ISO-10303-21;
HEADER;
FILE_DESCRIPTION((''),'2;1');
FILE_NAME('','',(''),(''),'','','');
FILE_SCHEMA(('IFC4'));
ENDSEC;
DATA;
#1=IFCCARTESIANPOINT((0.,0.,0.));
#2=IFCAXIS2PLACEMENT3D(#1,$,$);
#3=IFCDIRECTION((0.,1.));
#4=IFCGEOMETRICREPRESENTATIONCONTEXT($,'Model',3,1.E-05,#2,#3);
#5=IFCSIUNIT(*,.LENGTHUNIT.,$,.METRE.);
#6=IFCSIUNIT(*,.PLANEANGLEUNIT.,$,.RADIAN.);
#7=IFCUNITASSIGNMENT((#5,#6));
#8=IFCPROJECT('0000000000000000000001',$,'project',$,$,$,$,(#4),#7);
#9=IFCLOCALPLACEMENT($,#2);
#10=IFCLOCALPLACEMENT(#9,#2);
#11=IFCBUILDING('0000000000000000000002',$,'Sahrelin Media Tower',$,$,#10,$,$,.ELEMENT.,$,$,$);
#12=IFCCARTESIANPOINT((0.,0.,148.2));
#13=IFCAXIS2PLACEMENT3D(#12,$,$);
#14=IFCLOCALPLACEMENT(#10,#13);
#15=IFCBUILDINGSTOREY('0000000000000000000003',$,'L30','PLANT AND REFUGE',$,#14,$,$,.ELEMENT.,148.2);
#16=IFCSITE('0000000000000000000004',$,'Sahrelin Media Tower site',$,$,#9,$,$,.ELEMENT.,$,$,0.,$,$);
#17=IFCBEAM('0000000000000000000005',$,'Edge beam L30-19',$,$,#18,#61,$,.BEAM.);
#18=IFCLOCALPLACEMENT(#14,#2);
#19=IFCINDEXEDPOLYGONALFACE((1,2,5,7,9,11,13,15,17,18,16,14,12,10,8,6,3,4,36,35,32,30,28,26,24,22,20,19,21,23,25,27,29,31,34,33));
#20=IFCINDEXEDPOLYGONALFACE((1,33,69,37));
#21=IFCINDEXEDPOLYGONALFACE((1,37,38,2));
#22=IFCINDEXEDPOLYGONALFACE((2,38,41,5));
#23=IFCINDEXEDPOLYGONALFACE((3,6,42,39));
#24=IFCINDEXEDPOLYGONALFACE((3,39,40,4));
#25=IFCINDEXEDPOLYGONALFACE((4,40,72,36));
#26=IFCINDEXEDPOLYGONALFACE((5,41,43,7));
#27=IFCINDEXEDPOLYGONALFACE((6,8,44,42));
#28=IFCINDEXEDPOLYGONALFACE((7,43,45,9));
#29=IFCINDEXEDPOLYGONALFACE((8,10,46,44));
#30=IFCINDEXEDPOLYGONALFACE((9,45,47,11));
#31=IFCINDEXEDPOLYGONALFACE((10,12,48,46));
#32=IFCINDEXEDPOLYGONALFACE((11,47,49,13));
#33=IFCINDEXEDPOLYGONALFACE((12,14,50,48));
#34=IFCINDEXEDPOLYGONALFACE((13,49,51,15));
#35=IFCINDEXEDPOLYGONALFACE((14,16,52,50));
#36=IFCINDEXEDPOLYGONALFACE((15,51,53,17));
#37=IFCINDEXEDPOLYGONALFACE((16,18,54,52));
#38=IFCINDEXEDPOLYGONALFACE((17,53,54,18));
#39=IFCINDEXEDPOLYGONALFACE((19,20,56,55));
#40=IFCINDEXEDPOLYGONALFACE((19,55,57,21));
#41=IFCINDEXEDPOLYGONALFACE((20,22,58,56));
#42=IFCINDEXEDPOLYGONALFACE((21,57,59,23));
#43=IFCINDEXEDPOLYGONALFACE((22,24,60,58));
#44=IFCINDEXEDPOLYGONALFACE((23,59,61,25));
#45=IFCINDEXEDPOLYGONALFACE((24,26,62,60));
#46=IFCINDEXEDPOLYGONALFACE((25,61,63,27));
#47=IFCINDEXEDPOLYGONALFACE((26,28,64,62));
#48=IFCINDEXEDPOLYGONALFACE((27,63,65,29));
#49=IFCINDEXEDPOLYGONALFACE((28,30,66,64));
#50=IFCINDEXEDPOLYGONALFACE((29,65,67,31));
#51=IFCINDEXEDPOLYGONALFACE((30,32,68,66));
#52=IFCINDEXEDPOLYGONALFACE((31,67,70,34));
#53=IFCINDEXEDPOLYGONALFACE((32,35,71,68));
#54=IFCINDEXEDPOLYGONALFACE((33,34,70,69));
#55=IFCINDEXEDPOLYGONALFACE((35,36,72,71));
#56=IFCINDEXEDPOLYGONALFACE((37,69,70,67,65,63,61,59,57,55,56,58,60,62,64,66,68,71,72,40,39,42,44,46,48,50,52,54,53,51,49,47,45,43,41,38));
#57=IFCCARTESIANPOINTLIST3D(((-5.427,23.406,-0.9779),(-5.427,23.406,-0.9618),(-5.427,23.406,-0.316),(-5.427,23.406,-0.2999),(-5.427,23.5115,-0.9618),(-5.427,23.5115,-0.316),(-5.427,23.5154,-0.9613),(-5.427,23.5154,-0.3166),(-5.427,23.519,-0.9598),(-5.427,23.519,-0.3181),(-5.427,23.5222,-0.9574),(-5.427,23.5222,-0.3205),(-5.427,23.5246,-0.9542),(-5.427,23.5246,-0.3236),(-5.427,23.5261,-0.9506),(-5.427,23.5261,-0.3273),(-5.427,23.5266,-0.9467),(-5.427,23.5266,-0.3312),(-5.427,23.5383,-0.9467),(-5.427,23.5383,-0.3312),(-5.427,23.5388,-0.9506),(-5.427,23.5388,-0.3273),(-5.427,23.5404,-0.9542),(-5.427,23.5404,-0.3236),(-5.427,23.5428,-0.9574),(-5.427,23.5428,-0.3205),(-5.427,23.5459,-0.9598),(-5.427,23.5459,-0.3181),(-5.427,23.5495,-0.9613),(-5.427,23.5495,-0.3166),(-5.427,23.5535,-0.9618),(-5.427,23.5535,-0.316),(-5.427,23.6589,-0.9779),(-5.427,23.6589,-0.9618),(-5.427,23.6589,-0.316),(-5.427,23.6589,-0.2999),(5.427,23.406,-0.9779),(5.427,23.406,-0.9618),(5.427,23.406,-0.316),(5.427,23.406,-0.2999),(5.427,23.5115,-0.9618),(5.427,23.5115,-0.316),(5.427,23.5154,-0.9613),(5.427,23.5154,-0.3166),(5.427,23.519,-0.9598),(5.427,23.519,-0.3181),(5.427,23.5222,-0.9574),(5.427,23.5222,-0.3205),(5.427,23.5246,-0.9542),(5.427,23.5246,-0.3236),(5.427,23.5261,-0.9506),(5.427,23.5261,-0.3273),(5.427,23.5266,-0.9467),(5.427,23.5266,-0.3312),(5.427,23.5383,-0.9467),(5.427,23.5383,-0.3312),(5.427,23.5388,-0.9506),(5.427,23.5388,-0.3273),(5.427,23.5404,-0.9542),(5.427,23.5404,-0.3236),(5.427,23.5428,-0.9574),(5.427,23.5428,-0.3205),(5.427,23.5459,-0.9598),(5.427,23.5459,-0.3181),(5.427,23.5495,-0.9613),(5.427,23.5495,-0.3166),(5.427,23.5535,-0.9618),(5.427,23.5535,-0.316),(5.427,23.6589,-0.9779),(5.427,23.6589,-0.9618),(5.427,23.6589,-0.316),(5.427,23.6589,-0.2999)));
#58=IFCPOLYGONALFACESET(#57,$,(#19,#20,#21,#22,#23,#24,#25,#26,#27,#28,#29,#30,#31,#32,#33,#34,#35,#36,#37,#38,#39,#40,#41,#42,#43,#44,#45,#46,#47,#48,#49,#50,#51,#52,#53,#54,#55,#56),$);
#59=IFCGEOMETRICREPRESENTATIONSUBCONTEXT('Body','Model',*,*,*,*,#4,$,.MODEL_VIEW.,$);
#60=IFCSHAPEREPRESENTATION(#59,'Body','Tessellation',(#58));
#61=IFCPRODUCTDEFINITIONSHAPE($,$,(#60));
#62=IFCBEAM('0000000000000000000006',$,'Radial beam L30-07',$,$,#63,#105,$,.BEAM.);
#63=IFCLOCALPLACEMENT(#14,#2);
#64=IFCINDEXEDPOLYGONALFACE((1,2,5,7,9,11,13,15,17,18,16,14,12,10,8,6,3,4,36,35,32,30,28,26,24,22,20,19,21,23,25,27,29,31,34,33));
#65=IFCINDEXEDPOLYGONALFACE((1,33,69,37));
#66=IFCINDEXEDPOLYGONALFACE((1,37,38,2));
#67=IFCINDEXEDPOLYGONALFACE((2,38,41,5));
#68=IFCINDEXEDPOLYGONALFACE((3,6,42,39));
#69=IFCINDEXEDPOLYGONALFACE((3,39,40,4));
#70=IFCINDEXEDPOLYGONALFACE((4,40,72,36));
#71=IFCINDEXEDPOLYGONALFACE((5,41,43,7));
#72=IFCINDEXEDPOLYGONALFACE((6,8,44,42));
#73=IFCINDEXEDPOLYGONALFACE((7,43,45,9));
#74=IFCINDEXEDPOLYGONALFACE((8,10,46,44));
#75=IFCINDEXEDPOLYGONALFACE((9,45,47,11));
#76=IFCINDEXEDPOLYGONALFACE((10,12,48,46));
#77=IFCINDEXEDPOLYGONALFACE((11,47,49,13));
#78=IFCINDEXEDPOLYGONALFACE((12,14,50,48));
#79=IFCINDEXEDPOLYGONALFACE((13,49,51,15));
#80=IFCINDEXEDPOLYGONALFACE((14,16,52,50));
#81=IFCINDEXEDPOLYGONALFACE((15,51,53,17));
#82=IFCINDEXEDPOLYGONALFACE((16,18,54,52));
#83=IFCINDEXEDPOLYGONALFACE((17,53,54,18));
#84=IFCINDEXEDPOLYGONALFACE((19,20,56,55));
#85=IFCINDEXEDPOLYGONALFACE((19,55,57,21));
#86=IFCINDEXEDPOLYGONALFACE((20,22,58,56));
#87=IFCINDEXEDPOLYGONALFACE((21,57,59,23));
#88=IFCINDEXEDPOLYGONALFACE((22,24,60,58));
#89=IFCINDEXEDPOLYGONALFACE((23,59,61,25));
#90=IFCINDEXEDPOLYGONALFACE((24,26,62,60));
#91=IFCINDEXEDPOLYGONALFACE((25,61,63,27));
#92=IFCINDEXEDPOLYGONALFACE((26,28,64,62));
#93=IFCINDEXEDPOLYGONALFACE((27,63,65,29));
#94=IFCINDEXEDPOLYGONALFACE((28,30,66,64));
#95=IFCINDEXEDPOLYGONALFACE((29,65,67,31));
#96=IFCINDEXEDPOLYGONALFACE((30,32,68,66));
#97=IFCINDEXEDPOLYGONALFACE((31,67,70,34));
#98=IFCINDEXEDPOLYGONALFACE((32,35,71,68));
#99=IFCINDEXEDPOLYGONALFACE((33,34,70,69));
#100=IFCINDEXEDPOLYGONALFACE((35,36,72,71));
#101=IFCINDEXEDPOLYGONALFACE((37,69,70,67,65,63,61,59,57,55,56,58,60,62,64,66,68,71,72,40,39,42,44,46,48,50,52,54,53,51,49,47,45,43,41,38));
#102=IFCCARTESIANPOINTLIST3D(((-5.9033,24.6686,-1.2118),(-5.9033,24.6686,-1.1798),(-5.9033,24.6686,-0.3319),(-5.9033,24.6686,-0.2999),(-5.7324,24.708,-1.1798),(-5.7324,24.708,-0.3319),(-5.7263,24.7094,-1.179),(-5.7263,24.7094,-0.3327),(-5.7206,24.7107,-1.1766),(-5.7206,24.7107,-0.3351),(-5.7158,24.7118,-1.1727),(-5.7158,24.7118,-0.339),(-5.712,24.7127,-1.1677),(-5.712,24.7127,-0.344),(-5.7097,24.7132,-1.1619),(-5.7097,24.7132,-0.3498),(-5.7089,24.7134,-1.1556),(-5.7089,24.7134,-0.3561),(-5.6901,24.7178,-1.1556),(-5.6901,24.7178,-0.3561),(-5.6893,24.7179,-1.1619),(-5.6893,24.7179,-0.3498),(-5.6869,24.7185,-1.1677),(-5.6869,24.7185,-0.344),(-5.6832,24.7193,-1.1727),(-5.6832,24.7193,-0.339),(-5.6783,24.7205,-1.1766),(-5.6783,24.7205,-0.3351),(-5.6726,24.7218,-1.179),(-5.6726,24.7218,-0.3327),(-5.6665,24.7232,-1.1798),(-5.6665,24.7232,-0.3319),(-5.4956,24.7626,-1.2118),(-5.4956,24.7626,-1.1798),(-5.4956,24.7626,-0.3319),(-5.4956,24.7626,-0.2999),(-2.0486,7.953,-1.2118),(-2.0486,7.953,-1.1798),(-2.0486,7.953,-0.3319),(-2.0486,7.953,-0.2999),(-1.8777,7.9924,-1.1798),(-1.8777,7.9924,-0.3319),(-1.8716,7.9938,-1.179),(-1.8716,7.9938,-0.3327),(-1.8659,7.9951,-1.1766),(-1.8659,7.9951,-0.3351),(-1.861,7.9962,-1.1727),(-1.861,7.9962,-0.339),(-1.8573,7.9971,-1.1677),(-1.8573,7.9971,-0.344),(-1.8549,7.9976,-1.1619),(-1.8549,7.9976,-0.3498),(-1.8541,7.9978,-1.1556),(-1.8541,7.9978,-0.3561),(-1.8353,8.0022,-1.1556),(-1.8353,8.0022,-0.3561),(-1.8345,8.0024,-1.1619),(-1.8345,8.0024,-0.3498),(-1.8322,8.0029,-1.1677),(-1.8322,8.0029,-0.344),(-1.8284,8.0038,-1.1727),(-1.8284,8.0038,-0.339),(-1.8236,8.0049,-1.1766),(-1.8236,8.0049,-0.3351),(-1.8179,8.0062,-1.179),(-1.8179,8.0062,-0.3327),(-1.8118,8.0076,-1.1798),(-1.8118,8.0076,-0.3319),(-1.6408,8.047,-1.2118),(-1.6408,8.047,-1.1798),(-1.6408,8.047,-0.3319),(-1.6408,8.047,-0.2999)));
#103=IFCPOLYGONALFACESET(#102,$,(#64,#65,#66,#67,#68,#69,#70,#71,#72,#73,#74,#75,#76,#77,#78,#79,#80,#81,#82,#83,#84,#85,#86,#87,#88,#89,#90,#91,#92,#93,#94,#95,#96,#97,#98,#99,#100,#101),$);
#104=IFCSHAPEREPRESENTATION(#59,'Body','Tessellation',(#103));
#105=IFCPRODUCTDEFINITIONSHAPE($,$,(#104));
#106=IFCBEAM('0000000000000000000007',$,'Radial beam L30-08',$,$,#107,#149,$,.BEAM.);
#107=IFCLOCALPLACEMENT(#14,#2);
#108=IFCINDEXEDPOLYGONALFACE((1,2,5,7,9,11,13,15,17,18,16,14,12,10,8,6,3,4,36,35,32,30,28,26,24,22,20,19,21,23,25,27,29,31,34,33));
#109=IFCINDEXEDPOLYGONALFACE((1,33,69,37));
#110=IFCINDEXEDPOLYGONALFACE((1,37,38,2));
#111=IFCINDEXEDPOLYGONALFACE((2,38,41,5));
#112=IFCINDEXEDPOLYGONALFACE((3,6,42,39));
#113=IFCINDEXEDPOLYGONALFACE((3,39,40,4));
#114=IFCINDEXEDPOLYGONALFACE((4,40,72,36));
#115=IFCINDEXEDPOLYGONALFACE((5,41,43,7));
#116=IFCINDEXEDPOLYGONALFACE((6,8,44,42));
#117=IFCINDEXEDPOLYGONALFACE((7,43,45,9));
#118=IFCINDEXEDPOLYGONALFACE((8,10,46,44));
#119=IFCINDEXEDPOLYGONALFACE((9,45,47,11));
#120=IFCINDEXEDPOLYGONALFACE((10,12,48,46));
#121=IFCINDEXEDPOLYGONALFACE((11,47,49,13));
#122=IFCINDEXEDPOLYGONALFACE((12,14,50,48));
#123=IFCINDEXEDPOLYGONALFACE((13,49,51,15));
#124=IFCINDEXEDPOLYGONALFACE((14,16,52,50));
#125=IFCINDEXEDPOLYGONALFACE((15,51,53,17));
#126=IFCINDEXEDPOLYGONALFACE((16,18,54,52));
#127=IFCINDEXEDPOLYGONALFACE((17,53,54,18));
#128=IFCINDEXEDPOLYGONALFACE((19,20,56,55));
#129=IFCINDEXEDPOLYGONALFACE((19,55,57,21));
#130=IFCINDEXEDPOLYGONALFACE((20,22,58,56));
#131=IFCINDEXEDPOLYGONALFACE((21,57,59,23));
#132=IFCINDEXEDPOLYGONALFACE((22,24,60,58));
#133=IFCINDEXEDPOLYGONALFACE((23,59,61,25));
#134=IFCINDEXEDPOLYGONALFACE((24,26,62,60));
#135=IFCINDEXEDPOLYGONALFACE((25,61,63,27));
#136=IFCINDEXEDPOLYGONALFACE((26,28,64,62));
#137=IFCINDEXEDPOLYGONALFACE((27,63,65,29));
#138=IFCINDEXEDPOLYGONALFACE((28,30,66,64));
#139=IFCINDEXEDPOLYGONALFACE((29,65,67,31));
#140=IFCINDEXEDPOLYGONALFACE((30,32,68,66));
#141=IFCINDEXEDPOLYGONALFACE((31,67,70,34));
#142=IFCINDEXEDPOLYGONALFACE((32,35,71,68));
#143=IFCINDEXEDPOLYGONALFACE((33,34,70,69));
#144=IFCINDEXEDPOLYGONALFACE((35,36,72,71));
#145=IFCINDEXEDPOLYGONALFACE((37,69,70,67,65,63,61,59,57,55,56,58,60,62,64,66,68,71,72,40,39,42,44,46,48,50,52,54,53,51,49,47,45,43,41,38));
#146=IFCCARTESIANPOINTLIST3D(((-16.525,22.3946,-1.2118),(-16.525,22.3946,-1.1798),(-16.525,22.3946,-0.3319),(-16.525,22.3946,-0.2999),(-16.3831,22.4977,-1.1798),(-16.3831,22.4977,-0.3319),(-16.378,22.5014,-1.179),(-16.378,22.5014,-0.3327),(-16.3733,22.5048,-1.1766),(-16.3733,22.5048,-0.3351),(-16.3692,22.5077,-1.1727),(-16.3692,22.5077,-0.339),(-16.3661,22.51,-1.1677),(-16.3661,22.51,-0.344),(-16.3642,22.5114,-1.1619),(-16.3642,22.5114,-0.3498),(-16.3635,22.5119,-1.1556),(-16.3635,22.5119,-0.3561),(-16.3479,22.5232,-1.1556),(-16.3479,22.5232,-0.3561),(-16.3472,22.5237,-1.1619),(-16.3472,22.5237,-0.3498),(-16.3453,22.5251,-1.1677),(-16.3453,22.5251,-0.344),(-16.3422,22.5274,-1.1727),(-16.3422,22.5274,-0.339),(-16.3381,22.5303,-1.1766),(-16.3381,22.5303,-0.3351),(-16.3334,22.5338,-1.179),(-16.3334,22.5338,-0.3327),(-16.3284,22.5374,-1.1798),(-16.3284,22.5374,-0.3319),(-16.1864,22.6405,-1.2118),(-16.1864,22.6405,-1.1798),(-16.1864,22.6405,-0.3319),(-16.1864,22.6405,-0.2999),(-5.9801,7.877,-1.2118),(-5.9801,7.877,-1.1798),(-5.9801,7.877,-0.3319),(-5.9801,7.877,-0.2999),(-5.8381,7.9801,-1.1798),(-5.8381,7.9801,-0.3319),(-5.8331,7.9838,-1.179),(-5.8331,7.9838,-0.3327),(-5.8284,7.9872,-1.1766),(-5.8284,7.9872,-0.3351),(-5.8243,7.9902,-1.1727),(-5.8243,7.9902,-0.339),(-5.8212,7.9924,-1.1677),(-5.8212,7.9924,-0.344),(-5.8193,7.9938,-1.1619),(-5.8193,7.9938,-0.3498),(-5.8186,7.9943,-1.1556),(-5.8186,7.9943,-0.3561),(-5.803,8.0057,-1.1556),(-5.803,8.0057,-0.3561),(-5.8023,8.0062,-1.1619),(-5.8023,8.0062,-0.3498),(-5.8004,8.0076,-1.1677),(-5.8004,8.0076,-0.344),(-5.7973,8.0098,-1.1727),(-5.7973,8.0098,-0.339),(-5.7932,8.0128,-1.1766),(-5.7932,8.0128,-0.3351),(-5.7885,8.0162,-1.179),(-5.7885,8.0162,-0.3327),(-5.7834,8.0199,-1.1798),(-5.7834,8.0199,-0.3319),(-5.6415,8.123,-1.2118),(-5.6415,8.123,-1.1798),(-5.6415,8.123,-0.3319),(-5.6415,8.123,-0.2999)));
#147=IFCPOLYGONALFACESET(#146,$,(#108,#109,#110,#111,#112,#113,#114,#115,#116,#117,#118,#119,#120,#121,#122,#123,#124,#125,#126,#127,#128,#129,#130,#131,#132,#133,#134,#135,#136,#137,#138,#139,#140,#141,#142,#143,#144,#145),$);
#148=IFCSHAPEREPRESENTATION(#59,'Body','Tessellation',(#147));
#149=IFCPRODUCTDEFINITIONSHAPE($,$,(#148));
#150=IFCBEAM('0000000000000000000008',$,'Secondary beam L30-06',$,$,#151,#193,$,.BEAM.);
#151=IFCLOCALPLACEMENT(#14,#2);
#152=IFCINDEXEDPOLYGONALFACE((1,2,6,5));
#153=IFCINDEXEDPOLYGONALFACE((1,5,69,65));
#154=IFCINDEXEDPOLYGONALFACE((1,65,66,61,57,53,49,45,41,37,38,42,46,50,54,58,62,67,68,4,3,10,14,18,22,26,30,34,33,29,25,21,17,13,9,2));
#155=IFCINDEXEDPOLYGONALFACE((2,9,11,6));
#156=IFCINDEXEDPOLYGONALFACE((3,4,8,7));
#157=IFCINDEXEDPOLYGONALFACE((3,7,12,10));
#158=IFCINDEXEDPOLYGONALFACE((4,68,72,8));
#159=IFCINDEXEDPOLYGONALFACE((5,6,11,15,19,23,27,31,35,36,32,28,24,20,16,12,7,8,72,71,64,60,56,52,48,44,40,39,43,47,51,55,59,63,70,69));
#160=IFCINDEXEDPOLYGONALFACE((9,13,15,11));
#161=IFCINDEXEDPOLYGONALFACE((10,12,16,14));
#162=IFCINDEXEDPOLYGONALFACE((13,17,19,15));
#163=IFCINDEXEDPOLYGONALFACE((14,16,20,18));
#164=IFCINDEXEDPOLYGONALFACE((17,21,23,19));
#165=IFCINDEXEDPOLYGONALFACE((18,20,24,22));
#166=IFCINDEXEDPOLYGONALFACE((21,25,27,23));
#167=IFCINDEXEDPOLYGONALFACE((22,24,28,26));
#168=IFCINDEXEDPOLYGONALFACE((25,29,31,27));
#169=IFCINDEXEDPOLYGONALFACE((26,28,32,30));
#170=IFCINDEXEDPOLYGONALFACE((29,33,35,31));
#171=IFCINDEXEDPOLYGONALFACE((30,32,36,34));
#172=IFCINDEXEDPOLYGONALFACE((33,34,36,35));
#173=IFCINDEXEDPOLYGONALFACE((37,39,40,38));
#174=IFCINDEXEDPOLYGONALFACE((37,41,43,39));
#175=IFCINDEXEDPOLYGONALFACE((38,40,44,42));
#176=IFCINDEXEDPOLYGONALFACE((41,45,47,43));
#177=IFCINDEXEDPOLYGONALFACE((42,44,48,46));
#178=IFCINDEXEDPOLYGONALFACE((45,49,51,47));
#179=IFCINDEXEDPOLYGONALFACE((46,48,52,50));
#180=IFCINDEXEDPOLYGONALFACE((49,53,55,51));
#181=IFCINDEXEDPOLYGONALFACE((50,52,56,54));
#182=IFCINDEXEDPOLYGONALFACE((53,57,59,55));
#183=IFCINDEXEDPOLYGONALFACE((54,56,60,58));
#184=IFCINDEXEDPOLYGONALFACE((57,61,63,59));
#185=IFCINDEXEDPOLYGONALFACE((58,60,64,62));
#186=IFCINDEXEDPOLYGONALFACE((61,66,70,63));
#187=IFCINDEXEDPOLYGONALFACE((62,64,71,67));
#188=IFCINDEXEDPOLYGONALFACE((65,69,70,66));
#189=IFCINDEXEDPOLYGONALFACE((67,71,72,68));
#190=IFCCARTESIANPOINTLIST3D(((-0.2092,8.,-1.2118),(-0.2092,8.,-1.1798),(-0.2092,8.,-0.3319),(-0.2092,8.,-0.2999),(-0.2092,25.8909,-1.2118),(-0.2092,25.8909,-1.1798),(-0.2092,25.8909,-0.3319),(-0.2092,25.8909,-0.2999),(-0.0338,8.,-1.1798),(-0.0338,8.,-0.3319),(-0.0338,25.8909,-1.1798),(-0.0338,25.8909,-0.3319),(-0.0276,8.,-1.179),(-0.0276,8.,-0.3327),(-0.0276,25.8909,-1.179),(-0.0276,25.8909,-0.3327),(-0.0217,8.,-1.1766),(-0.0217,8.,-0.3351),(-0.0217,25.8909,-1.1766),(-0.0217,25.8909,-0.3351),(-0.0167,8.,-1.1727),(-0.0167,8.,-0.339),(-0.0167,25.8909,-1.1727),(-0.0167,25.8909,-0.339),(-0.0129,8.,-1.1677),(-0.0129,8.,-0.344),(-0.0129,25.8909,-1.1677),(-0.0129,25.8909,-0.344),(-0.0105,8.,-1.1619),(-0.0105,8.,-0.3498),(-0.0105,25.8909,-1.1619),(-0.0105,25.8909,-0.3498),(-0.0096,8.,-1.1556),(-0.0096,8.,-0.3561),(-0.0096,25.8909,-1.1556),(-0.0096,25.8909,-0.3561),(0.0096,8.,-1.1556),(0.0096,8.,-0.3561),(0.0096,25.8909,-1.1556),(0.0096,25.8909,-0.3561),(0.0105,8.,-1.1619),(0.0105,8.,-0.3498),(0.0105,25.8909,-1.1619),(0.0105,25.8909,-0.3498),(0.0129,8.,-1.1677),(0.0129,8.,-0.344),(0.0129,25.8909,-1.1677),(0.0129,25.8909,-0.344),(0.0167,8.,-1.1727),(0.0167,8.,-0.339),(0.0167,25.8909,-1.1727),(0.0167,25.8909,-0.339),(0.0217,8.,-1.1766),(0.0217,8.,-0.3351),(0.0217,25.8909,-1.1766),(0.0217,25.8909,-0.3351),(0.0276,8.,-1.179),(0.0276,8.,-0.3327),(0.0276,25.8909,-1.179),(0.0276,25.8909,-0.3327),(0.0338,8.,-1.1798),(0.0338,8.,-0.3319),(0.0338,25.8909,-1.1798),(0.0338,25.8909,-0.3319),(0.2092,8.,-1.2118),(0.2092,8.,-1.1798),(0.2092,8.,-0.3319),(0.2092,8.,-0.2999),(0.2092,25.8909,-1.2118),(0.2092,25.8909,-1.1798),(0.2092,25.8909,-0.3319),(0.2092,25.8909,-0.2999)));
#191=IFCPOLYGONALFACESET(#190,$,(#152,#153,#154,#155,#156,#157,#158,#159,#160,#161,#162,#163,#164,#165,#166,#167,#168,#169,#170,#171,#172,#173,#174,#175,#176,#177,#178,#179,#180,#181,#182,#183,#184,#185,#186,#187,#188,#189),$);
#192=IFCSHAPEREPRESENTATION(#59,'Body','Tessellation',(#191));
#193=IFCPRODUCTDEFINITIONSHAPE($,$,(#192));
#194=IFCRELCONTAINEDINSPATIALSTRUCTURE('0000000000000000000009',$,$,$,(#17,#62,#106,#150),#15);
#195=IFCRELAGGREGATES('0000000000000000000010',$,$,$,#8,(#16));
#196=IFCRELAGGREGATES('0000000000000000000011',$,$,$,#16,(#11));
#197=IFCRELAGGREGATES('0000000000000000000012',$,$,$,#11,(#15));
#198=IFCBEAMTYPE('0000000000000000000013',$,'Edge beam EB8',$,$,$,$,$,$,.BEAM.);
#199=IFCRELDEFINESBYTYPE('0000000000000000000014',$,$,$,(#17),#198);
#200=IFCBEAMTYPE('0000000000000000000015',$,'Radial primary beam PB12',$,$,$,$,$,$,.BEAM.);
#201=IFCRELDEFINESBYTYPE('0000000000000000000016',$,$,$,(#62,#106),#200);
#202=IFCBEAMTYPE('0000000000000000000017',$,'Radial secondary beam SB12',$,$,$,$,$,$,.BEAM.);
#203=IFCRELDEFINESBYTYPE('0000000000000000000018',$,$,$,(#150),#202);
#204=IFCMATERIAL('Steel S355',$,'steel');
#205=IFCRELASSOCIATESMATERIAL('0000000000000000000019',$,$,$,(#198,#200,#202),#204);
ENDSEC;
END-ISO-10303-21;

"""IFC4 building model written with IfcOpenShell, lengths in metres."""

from ifc_helpers import new_model, si_unit, direction, frame, origin, origin_2d, place, context, subcontext, project, spatial, i_section, extrude, material, material_profile, profile_set, type_object, element, save


model = new_model("IFC4")

# Units and contexts
model_context = context("Model", 3, precision=1e-05, world=origin(), true_north=direction((0.0, 1.0)))
body_context = subcontext(model_context, "Body", "Model", "MODEL_VIEW")
ifc_project = project(units=[si_unit("LENGTHUNIT", "METRE"), si_unit("PLANEANGLEUNIT", "RADIAN")], contexts=[model_context])

# Site, building, storey
site_placement = place(None, origin())
site = spatial("IfcSite", under=ifc_project, at=site_placement, Name="Sahrelin Media Tower site", CompositionType="ELEMENT", RefElevation=0.0)
building_placement = place(site_placement, origin())
building = spatial("IfcBuilding", under=site, at=building_placement, Name="Sahrelin Media Tower", CompositionType="ELEMENT")
storey_placement = place(building_placement, frame((0.0, 0.0, 148.2)))
storey = spatial("IfcBuildingStorey", under=building, at=storey_placement, Name="L30", Description="PLANT AND REFUGE", CompositionType="ELEMENT", Elevation=148.2)

# Beams
ifc_material_1 = material(Name="Steel S355", Category="steel")
ifc_material_profile_1 = material_profile(ifc_material_1, i_section(OverallWidth=0.2529, OverallDepth=0.678, WebThickness=0.0117, FlangeThickness=0.0161, FilletRadius=0.0151, at=origin_2d()), Name="UB 686x254x125")
ifc_profile_set_1 = profile_set([ifc_material_profile_1], Name="Steel S355")
beam_type_1 = type_object("IfcBeamType", Name="Edge beam EB8", PredefinedType="BEAM", material=ifc_profile_set_1)
beam_1_placement = place(storey_placement, frame((-5.427, 23.5325, -0.6389), z_axis=(1.0, 0.0, 0.0), x_axis=(0.0, 1.0, 0.0)))
element("IfcBeam", 1, at=beam_1_placement, inside=storey, type_object=beam_type_1, Name="Edge beam L30-19", PredefinedType="BEAM", context=body_context, shape_type="SweptSolid", body=[
    extrude(i_section(OverallWidth=0.2529, OverallDepth=0.678, WebThickness=0.0117, FlangeThickness=0.0161, FilletRadius=0.0151, at=origin_2d()), origin(), (0.0, 0.0, 1.0), 10.854),
])
ifc_material_profile_2 = material_profile(ifc_material_1, i_section(OverallWidth=0.4185, OverallDepth=0.9119, WebThickness=0.0193, FlangeThickness=0.032, FilletRadius=0.0242, at=origin_2d()), Name="UB 914x419x343")
ifc_profile_set_2 = profile_set([ifc_material_profile_2], Name="Steel S355")
beam_type_2 = type_object("IfcBeamType", Name="Radial primary beam PB12", PredefinedType="BEAM", material=ifc_profile_set_2)
beam_2_placement = place(storey_placement, frame((-1.8447, 8.0, -0.7559), z_axis=(-0.22471, 0.974426, 0.0), x_axis=(-0.974426, -0.22471, 0.0)))
element("IfcBeam", 2, at=beam_2_placement, inside=storey, type_object=beam_type_2, Name="Radial beam L30-07", PredefinedType="BEAM", context=body_context, shape_type="SweptSolid", body=[
    extrude(i_section(OverallWidth=0.4185, OverallDepth=0.9119, WebThickness=0.0193, FlangeThickness=0.032, FilletRadius=0.0242, at=origin_2d()), origin(), (0.0, 0.0, 1.0), 17.1543),
])
beam_3_placement = place(storey_placement, frame((-5.8108, 8.0, -0.7559), z_axis=(-0.587686, 0.809089, 0.0), x_axis=(-0.809089, -0.587686, 0.0)))
element("IfcBeam", 3, at=beam_3_placement, inside=storey, type_object=beam_type_2, Name="Radial beam L30-08", PredefinedType="BEAM", context=body_context, shape_type="SweptSolid", body=[
    extrude(i_section(OverallWidth=0.4185, OverallDepth=0.9119, WebThickness=0.0193, FlangeThickness=0.032, FilletRadius=0.0242, at=origin_2d()), origin(), (0.0, 0.0, 1.0), 17.9431),
])
ifc_material_profile_3 = material_profile(ifc_material_1, i_section(OverallWidth=0.4185, OverallDepth=0.9119, WebThickness=0.0193, FlangeThickness=0.032, FilletRadius=0.0242, at=origin_2d()), Name="UB 914x419x343")
ifc_profile_set_3 = profile_set([ifc_material_profile_3], Name="Steel S355")
beam_type_3 = type_object("IfcBeamType", Name="Radial secondary beam SB12", PredefinedType="BEAM", material=ifc_profile_set_3)
beam_4_placement = place(storey_placement, frame((0.0, 8.0, -0.7559), z_axis=(0.0, 1.0, 0.0), x_axis=(-1.0, 0.0, 0.0)))
element("IfcBeam", 4, at=beam_4_placement, inside=storey, type_object=beam_type_3, Name="Secondary beam L30-06", PredefinedType="BEAM", context=body_context, shape_type="SweptSolid", body=[
    extrude(i_section(OverallWidth=0.4185, OverallDepth=0.9119, WebThickness=0.0193, FlangeThickness=0.032, FilletRadius=0.0242, at=origin_2d()), origin(), (0.0, 0.0, 1.0), 17.8909),
])

save(model, "model.ifc")
